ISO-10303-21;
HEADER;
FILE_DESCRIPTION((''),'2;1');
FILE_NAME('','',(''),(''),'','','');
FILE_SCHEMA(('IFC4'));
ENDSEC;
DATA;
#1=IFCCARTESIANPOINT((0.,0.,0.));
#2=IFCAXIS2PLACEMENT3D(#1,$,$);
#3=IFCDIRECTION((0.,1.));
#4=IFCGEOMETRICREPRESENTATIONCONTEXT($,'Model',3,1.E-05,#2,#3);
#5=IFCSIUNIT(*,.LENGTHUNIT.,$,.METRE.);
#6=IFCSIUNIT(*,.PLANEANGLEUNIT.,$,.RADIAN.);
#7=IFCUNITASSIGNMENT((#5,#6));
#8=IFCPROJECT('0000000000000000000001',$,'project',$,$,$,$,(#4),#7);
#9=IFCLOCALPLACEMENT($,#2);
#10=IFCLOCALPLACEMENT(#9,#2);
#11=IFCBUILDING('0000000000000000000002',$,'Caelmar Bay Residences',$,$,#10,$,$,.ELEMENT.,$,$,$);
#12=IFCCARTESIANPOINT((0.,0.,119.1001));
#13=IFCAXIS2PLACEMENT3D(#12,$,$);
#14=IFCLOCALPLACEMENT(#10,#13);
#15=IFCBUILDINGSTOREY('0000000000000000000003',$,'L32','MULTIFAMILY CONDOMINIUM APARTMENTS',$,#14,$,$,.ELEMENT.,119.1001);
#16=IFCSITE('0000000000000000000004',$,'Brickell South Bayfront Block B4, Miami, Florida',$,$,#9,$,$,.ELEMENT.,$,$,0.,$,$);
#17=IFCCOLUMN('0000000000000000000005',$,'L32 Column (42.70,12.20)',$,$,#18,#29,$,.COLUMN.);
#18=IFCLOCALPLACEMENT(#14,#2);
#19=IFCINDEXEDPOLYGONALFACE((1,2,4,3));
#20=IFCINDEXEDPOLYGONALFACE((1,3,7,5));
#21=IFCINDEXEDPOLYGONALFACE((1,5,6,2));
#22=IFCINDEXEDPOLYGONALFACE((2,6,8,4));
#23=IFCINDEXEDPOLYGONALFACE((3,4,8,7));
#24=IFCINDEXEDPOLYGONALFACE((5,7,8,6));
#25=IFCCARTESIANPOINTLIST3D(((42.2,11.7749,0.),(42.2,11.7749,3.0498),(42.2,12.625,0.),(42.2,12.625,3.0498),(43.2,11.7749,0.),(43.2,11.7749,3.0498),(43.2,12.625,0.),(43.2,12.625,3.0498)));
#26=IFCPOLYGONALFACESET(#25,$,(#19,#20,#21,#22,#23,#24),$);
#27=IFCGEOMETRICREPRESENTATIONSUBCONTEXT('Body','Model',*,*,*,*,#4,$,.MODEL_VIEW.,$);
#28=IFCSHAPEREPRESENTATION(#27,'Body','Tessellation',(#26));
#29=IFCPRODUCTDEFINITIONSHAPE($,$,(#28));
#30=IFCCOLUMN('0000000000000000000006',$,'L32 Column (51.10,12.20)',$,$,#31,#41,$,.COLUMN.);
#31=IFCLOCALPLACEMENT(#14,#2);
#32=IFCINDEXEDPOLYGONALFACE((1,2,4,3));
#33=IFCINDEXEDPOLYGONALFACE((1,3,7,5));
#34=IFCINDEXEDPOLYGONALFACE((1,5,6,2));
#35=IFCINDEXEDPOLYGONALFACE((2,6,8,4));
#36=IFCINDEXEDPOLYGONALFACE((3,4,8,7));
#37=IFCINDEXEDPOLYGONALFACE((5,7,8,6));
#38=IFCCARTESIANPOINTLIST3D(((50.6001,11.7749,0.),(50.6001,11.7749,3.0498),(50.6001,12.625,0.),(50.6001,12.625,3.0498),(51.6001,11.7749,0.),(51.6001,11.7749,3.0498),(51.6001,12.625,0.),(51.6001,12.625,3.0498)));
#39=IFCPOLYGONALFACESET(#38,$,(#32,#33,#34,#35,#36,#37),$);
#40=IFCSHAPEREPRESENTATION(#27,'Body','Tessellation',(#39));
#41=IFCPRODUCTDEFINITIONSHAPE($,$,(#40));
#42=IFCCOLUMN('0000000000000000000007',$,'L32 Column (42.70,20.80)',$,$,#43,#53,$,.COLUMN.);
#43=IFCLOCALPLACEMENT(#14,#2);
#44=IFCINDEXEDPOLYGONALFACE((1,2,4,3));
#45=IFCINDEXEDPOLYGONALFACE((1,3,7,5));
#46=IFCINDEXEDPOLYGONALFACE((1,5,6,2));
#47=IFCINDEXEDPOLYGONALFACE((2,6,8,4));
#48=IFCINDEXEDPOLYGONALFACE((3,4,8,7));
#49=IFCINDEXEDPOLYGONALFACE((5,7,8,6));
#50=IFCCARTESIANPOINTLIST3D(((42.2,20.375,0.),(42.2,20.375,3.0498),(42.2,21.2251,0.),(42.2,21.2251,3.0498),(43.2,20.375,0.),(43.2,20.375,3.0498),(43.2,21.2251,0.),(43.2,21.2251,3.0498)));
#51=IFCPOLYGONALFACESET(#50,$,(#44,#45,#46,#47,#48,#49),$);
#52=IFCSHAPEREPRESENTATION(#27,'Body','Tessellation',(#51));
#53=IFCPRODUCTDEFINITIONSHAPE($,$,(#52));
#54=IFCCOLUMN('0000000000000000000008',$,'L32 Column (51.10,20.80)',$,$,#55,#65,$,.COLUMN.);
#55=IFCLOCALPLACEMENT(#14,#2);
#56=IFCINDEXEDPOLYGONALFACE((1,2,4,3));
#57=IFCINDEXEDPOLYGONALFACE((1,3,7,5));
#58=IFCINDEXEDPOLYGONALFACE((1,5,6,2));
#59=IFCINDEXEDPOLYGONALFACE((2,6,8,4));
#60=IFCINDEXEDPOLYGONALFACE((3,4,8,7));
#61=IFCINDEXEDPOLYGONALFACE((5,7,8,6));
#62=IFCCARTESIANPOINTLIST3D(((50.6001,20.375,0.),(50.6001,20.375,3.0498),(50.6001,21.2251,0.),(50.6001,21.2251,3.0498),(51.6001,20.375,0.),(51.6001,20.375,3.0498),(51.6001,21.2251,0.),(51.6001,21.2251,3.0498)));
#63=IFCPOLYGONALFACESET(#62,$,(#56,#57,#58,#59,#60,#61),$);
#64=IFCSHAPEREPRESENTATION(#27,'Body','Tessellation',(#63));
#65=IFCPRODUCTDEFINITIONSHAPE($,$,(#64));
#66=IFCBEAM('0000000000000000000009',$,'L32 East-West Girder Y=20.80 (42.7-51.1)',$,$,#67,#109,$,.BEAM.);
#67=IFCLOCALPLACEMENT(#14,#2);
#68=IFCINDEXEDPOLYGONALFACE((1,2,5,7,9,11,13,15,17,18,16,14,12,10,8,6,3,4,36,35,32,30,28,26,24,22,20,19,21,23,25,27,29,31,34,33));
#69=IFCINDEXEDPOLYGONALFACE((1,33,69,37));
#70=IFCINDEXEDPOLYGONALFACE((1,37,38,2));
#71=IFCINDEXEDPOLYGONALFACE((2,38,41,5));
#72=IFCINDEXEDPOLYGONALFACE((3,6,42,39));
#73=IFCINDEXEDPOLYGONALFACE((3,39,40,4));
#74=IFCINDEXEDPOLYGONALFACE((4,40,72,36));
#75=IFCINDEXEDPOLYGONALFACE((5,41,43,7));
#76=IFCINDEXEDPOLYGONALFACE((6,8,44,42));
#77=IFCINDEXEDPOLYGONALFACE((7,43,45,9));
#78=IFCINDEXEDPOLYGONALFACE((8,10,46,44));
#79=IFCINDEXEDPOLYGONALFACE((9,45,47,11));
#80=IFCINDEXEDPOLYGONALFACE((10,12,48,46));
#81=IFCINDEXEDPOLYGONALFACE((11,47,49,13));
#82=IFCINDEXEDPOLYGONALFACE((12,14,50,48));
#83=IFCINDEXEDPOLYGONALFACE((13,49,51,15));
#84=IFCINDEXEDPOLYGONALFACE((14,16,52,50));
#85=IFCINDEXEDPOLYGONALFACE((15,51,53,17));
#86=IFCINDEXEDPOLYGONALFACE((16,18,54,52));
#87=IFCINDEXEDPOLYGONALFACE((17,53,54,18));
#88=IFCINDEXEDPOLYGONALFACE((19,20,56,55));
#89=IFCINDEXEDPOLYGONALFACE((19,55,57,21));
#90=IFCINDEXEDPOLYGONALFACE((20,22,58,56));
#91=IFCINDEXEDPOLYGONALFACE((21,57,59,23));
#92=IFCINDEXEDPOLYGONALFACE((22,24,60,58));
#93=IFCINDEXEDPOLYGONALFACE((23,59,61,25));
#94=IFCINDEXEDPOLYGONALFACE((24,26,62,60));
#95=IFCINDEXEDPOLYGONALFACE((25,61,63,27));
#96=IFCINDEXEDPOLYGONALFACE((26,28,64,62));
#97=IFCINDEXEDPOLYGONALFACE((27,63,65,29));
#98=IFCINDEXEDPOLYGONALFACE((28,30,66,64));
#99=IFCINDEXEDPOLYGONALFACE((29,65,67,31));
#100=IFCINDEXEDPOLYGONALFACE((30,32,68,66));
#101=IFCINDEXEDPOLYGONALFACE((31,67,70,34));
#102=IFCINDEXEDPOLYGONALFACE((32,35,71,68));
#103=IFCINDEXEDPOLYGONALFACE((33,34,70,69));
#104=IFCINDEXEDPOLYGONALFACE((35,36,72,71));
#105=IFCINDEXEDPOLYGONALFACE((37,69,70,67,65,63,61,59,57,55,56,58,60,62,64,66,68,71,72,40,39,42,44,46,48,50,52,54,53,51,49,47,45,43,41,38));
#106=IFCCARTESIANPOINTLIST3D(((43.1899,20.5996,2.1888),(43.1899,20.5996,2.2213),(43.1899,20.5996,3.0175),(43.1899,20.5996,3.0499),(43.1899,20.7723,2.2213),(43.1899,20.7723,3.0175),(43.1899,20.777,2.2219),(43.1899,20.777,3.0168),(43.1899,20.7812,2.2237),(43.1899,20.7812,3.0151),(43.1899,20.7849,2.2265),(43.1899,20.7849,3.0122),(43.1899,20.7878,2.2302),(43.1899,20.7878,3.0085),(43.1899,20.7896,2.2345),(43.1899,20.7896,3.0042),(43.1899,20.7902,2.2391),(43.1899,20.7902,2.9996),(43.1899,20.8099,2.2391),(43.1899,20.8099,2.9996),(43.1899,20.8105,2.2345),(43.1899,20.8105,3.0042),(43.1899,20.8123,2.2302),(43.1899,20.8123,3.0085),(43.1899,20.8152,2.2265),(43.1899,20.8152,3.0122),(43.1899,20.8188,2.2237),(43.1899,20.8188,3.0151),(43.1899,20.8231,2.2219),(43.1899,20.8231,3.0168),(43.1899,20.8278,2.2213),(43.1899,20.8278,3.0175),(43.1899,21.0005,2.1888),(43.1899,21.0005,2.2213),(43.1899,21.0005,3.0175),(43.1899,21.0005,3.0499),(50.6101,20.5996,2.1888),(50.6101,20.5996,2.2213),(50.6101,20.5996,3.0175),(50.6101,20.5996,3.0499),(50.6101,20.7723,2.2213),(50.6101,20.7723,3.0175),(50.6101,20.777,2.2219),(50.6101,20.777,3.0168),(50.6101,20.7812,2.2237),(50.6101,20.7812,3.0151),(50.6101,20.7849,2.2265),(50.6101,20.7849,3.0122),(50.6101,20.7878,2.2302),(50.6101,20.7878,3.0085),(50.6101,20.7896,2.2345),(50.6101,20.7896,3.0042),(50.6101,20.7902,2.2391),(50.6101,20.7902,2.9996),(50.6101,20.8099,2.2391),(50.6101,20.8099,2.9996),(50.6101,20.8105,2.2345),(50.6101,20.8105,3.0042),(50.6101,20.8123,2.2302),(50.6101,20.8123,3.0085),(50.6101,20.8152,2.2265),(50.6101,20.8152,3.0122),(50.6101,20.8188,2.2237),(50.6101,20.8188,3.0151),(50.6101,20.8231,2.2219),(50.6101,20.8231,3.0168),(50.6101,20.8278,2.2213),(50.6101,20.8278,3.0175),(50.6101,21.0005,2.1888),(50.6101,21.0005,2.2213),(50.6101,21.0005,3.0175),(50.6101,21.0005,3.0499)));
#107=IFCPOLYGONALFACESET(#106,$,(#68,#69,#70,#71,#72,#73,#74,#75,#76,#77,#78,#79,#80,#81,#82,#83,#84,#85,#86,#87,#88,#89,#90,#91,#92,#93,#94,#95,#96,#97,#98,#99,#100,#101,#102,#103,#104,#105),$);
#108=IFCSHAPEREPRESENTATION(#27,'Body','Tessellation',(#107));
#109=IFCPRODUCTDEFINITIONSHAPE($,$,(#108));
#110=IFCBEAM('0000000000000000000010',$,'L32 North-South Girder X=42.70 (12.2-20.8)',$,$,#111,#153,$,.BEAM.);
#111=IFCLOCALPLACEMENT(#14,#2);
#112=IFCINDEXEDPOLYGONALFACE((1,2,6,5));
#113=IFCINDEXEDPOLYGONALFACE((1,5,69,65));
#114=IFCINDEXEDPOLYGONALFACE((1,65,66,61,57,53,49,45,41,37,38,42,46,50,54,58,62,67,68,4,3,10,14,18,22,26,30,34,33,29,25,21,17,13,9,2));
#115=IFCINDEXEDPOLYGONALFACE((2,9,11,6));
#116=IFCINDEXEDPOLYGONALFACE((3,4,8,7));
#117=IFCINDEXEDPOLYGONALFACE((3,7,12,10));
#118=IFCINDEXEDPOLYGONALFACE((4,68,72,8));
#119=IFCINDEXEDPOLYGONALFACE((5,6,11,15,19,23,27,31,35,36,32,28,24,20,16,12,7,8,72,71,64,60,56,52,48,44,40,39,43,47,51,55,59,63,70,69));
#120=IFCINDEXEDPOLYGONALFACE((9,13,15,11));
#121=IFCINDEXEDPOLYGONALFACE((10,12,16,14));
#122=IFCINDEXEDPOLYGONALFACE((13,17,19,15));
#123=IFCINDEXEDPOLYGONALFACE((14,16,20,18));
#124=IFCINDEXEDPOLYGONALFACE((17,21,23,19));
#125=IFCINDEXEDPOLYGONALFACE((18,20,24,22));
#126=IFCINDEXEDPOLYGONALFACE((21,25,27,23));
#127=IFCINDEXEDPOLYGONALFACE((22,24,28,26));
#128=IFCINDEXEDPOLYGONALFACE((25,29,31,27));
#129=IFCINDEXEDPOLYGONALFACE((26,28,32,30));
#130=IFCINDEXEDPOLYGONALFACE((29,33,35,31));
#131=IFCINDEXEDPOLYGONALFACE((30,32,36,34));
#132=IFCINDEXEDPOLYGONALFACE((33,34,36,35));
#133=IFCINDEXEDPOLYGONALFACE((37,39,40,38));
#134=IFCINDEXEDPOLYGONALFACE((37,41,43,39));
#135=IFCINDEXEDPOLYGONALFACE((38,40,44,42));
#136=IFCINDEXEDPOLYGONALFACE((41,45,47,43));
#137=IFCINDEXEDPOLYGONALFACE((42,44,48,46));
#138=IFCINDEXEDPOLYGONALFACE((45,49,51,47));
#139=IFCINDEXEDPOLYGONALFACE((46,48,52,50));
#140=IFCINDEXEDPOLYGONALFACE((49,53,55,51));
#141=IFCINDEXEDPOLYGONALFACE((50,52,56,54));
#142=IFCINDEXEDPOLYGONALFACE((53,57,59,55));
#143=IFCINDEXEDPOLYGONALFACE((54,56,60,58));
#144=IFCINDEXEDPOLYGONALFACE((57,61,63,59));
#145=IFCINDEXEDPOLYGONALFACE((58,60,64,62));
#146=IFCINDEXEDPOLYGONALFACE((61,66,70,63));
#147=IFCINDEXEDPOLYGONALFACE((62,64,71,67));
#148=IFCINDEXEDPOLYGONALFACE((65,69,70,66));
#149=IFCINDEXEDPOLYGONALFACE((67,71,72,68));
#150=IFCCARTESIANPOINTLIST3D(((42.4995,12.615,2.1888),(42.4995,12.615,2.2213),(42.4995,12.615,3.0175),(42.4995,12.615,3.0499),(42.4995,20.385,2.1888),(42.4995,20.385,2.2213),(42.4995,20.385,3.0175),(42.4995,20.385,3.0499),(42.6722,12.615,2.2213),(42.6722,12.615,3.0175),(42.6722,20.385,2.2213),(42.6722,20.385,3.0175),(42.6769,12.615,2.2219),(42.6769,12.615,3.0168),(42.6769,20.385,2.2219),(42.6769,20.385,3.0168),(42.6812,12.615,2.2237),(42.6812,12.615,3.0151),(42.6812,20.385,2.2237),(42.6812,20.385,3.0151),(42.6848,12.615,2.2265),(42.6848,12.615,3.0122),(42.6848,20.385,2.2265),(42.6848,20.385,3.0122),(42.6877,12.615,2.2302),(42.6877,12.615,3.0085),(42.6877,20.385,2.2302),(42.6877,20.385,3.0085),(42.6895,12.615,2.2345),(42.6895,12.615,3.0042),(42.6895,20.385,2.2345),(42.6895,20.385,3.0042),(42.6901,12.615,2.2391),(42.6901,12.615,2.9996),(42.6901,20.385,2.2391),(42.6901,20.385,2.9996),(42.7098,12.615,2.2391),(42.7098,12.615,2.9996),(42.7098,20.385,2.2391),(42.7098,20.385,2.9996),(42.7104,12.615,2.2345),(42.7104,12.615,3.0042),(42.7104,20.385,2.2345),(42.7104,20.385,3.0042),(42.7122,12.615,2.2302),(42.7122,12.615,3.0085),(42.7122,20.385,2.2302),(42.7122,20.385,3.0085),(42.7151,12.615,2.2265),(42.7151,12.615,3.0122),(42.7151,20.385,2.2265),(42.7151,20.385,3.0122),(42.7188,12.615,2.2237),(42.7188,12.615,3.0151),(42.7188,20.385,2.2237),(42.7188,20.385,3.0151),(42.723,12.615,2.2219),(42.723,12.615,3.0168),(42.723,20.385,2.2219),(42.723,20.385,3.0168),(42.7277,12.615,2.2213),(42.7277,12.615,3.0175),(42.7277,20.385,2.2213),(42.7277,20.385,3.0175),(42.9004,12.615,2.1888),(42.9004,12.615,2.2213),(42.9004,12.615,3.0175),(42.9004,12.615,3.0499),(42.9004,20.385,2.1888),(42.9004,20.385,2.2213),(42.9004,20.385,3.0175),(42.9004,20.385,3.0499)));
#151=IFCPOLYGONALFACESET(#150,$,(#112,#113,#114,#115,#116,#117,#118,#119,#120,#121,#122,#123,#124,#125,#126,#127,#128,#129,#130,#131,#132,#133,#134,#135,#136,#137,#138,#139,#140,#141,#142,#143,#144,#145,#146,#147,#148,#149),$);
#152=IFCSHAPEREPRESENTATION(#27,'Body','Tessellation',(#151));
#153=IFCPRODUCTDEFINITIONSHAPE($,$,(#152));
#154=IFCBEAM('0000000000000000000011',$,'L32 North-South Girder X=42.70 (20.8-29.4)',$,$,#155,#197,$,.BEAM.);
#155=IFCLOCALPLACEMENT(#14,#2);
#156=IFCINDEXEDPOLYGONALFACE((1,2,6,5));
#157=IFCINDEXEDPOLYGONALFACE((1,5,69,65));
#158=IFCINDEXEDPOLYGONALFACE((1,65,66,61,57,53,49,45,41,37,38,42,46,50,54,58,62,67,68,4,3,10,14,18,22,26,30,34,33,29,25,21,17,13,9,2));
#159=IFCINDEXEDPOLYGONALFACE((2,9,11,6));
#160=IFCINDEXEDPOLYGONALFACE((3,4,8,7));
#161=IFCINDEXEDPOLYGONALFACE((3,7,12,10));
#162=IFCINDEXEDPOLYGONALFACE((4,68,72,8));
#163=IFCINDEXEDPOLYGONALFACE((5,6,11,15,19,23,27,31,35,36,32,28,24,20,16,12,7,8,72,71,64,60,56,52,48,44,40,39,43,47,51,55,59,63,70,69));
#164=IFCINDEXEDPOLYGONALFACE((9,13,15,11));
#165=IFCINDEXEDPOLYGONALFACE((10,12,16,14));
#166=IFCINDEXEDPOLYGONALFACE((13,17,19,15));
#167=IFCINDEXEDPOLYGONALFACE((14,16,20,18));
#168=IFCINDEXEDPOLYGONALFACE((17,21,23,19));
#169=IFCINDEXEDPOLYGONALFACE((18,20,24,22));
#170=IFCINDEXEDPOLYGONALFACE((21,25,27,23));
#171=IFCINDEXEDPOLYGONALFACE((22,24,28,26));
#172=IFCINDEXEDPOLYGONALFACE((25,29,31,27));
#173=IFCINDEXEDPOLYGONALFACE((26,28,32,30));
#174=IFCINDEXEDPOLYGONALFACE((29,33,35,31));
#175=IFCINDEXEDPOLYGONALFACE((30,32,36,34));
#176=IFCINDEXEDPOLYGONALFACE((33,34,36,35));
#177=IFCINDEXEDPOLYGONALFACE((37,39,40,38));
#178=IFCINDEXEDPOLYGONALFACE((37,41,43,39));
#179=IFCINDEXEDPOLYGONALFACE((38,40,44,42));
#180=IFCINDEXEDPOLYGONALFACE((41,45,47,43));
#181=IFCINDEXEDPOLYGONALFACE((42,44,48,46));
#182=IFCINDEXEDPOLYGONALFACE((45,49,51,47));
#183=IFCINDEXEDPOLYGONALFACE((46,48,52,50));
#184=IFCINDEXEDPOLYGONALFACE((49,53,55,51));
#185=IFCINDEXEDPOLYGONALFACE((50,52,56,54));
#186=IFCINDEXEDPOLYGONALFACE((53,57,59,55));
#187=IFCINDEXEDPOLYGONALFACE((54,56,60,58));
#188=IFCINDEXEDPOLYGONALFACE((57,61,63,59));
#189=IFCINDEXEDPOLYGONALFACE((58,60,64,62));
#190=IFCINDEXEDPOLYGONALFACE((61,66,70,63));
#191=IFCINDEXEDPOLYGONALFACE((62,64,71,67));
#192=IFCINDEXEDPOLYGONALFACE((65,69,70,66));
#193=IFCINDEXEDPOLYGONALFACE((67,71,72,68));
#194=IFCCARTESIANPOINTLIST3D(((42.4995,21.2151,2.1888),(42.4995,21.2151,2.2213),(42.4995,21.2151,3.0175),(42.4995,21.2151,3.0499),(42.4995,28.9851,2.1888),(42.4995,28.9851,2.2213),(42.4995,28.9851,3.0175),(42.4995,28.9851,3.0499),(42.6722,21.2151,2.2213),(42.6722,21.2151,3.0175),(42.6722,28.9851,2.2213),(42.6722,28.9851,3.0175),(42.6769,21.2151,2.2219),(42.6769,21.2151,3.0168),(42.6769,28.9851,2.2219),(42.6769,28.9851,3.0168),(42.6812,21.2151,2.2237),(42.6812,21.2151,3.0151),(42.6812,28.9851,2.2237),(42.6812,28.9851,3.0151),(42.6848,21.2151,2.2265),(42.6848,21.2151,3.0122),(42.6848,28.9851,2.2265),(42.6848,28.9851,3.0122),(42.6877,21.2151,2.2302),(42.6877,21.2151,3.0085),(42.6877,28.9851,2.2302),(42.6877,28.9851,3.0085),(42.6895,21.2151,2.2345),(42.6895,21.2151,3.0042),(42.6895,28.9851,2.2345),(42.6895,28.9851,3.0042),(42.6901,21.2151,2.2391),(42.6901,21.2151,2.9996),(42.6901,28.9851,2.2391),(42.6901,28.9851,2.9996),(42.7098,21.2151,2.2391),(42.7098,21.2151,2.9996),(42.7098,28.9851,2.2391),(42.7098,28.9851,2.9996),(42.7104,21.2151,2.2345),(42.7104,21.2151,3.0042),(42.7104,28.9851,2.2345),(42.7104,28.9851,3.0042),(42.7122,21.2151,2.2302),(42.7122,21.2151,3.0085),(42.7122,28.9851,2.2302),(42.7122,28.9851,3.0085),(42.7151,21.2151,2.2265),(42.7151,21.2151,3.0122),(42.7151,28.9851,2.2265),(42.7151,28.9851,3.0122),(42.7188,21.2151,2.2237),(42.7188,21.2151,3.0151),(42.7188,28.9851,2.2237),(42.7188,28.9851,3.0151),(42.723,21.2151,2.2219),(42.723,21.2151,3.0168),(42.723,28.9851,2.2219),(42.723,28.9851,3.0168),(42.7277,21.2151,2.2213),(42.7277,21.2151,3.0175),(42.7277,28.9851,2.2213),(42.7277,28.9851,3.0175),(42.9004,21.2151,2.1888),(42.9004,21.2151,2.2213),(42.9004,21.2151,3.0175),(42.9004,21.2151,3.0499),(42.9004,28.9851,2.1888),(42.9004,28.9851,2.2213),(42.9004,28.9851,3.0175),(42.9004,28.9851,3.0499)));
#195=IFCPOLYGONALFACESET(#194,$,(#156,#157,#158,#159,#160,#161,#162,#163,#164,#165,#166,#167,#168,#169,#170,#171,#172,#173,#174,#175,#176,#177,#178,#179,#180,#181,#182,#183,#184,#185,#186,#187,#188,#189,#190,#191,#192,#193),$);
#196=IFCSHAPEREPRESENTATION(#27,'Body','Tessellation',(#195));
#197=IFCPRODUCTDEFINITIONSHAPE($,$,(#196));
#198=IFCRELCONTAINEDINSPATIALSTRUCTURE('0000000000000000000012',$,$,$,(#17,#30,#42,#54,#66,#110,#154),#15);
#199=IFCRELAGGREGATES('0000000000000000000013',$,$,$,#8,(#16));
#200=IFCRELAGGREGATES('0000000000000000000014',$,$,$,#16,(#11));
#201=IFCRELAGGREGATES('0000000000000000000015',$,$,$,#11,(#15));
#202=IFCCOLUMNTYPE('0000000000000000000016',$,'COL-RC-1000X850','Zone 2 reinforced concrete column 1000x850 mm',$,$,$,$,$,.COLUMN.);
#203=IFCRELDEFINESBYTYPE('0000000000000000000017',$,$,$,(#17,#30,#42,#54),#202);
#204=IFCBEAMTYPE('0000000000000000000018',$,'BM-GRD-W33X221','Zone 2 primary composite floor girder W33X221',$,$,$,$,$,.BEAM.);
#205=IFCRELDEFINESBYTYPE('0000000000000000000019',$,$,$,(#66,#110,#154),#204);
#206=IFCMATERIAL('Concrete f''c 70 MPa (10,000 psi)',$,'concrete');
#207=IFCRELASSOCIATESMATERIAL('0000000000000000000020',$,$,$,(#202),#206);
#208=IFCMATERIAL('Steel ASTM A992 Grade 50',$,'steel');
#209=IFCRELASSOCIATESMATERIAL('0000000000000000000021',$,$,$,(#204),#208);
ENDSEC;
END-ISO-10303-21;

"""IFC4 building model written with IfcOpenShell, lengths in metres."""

from ifc_helpers import new_model, si_unit, direction, frame, origin, origin_2d, place, context, subcontext, project, spatial, rectangle, i_section, extrude, material, material_profile, profile_set, type_object, element, save


model = new_model("IFC4")

# Units and contexts
model_context = context("Model", 3, precision=1e-05, world=origin(), true_north=direction((0.0, 1.0)))
body_context = subcontext(model_context, "Body", "Model", "MODEL_VIEW")
ifc_project = project(units=[si_unit("LENGTHUNIT", "METRE"), si_unit("PLANEANGLEUNIT", "RADIAN")], contexts=[model_context])

# Site, building, storey
site_placement = place(None, origin())
site = spatial("IfcSite", under=ifc_project, at=site_placement, Name="Brickell South Bayfront Block B4, Miami, Florida", CompositionType="ELEMENT", RefElevation=0.0)
building_placement = place(site_placement, origin())
building = spatial("IfcBuilding", under=site, at=building_placement, Name="Caelmar Bay Residences", CompositionType="ELEMENT")
storey_placement = place(building_placement, frame((0.0, 0.0, 119.1001)))
storey = spatial("IfcBuildingStorey", under=building, at=storey_placement, Name="L32", Description="MULTIFAMILY CONDOMINIUM APARTMENTS", CompositionType="ELEMENT", Elevation=119.1001)

# Columns
ifc_material_1 = material(Name="Concrete f'c 70 MPa (10,000 psi)", Category="concrete")
ifc_material_profile_1 = material_profile(ifc_material_1, rectangle(XDim=1.0, YDim=0.8501, at=origin_2d()), Name="RC-COL-1000X850")
ifc_profile_set_1 = profile_set([ifc_material_profile_1], Name="Concrete f'c 70 MPa (10,000 psi)")
column_type = type_object("IfcColumnType", Name="COL-RC-1000X850", Description="Zone 2 reinforced concrete column 1000x850 mm", PredefinedType="COLUMN", material=ifc_profile_set_1)
for number, where, z_axis, x_axis, name in (
    (1, (42.7, 12.2, 0.0), (0.0, 0.0, 1.0), (1.0, 0.0, 0.0), "L32 Column (42.70,12.20)"),
    (2, (51.1001, 12.2, 0.0), (0.0, 0.0, 1.0), (1.0, 0.0, 0.0), "L32 Column (51.10,12.20)"),
    (3, (42.7, 20.8, 0.0), (0.0, 0.0, 1.0), (1.0, 0.0, 0.0), "L32 Column (42.70,20.80)"),
    (4, (51.1001, 20.8, 0.0), (0.0, 0.0, 1.0), (1.0, 0.0, 0.0), "L32 Column (51.10,20.80)"),
):
    element("IfcColumn", number, at=place(storey_placement, frame(where, z_axis=z_axis, x_axis=x_axis)), inside=storey, type_object=column_type, Name=name, PredefinedType="COLUMN", context=body_context, shape_type="SweptSolid", body=[
        extrude(rectangle(XDim=1.0, YDim=0.8501, at=origin_2d()), origin(), (0.0, 0.0, 1.0), 3.0498),
    ])

# Beams
ifc_material_2 = material(Name="Steel ASTM A992 Grade 50", Category="steel")
ifc_material_profile_2 = material_profile(ifc_material_2, i_section(OverallWidth=0.4009, OverallDepth=0.8611, WebThickness=0.0198, FlangeThickness=0.0325, FilletRadius=0.0178, at=origin_2d()), Name="W33X221")
ifc_profile_set_2 = profile_set([ifc_material_profile_2], Name="Steel ASTM A992 Grade 50")
beam_type_1 = type_object("IfcBeamType", Name="BM-GRD-W33X221", Description="Zone 2 primary composite floor girder W33X221", PredefinedType="BEAM", material=ifc_profile_set_2)
beam_1_placement = place(storey_placement, frame((43.1899, 20.8, 2.6194), z_axis=(1.0, 0.0, 0.0), x_axis=(0.0, 1.0, 0.0)))
element("IfcBeam", 5, at=beam_1_placement, inside=storey, type_object=beam_type_1, Name="L32 East-West Girder Y=20.80 (42.7-51.1)", PredefinedType="BEAM", context=body_context, shape_type="SweptSolid", body=[
    extrude(i_section(OverallWidth=0.4009, OverallDepth=0.8611, WebThickness=0.0198, FlangeThickness=0.0325, FilletRadius=0.0178, at=origin_2d()), origin(), (0.0, 0.0, 1.0), 7.4202),
])
for number, where, z_axis, x_axis, name in (
    (6, (42.7, 12.615, 2.6194), (0.0, 1.0, 0.0), (-1.0, 0.0, 0.0), "L32 North-South Girder X=42.70 (12.2-20.8)"),
    (7, (42.7, 21.2151, 2.6194), (0.0, 1.0, 0.0), (-1.0, 0.0, 0.0), "L32 North-South Girder X=42.70 (20.8-29.4)"),
):
    element("IfcBeam", number, at=place(storey_placement, frame(where, z_axis=z_axis, x_axis=x_axis)), inside=storey, type_object=beam_type_1, Name=name, PredefinedType="BEAM", context=body_context, shape_type="SweptSolid", body=[
        extrude(i_section(OverallWidth=0.4009, OverallDepth=0.8611, WebThickness=0.0198, FlangeThickness=0.0325, FilletRadius=0.0178, at=origin_2d()), origin(), (0.0, 0.0, 1.0), 7.77),
    ])

save(model, "model.ifc")
